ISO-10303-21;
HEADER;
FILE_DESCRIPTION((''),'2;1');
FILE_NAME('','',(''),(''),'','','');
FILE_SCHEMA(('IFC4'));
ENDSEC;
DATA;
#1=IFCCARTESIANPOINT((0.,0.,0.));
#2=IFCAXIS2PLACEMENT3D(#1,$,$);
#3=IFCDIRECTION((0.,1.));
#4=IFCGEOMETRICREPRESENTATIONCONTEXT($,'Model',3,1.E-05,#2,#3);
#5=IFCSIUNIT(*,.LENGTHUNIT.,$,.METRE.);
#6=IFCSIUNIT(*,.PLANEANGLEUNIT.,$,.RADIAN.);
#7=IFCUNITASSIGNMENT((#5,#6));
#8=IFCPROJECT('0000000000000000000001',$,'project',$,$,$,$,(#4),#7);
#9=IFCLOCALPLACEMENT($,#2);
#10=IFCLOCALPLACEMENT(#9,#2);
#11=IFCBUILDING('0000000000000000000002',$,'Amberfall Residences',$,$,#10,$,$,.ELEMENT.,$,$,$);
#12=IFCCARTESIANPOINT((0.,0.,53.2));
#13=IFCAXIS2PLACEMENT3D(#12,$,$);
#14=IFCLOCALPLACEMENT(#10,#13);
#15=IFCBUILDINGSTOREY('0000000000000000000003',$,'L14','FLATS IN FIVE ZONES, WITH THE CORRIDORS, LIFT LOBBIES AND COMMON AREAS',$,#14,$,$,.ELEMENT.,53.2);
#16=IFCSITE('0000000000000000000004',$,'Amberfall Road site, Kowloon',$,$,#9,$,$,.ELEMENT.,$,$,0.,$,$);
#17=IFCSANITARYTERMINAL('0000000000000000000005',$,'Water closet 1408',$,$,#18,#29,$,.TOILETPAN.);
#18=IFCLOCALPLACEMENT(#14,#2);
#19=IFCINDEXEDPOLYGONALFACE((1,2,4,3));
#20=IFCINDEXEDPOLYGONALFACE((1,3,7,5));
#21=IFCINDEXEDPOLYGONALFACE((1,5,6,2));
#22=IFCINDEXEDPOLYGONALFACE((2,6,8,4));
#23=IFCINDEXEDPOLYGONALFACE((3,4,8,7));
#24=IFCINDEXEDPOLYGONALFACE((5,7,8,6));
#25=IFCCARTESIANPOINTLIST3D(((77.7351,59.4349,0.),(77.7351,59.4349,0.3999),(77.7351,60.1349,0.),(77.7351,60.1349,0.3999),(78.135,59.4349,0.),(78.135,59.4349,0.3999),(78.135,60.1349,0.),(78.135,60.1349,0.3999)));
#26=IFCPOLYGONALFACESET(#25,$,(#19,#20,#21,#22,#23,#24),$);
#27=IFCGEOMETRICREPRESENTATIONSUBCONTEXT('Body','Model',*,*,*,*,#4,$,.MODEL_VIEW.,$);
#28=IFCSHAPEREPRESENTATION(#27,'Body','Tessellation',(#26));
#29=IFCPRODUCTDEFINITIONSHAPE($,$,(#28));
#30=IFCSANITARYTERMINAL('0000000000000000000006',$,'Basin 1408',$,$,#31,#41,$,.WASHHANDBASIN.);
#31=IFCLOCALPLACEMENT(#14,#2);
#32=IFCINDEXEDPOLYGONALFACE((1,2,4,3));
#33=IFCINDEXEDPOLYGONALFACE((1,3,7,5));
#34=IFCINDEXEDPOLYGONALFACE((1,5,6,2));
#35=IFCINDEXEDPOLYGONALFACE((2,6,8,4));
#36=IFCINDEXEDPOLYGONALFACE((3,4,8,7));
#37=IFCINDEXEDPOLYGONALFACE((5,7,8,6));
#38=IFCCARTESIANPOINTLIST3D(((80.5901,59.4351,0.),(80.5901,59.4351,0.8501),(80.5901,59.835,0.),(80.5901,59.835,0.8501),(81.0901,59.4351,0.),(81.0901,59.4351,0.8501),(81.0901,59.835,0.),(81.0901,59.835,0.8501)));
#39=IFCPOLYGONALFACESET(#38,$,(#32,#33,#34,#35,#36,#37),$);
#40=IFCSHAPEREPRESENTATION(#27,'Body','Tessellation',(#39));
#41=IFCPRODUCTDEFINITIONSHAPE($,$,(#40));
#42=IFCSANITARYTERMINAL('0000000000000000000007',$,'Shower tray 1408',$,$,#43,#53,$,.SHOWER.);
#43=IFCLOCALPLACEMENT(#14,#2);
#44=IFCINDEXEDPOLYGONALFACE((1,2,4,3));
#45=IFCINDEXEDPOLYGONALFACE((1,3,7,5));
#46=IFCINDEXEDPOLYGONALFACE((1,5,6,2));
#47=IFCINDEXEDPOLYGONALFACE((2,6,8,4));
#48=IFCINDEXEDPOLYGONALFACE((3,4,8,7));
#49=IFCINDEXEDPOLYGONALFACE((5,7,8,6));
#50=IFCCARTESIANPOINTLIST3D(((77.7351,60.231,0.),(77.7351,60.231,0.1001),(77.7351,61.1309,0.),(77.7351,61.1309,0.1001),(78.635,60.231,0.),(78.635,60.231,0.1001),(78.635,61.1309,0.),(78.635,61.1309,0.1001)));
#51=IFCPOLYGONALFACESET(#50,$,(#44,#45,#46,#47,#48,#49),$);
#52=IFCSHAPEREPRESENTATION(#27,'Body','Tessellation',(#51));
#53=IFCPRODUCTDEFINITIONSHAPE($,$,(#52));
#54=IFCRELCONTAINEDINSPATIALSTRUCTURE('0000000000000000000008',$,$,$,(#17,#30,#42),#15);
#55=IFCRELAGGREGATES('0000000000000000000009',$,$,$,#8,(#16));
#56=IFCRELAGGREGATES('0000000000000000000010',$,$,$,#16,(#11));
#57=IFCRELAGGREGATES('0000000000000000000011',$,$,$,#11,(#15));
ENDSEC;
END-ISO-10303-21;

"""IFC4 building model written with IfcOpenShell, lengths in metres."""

from ifc_helpers import new_model, si_unit, direction, frame, origin, origin_2d, place, context, subcontext, project, spatial, rectangle, extrude, element, save


model = new_model("IFC4")

# Units and contexts
model_context = context("Model", 3, precision=1e-05, world=origin(), true_north=direction((0.0, 1.0)))
body_context = subcontext(model_context, "Body", "Model", "MODEL_VIEW")
ifc_project = project(units=[si_unit("LENGTHUNIT", "METRE"), si_unit("PLANEANGLEUNIT", "RADIAN")], contexts=[model_context])

# Site, building, storey
site_placement = place(None, origin())
site = spatial("IfcSite", under=ifc_project, at=site_placement, Name="Amberfall Road site, Kowloon", CompositionType="ELEMENT", RefElevation=0.0)
building_placement = place(site_placement, origin())
building = spatial("IfcBuilding", under=site, at=building_placement, Name="Amberfall Residences", CompositionType="ELEMENT")
storey_placement = place(building_placement, frame((0.0, 0.0, 53.2)))
storey = spatial("IfcBuildingStorey", under=building, at=storey_placement, Name="L14", Description="FLATS IN FIVE ZONES, WITH THE CORRIDORS, LIFT LOBBIES AND COMMON AREAS", CompositionType="ELEMENT", Elevation=53.2)

# Sanitary terminals
sanitary_terminal_1_placement = place(storey_placement, frame((77.9351, 59.7849, 0.0), z_axis=(0.0, 0.0, 1.0), x_axis=(1.0, 0.0, 0.0)))
element("IfcSanitaryTerminal", 1, at=sanitary_terminal_1_placement, inside=storey, Name="Water closet 1408", PredefinedType="TOILETPAN", context=body_context, shape_type="SweptSolid", body=[
    extrude(rectangle(XDim=0.3999, YDim=0.7, at=origin_2d()), origin(), (0.0, 0.0, 1.0), 0.3999),
])
sanitary_terminal_2_placement = place(storey_placement, frame((80.8401, 59.635, 0.0), z_axis=(0.0, 0.0, 1.0), x_axis=(1.0, 0.0, 0.0)))
element("IfcSanitaryTerminal", 2, at=sanitary_terminal_2_placement, inside=storey, Name="Basin 1408", PredefinedType="WASHHANDBASIN", context=body_context, shape_type="SweptSolid", body=[
    extrude(rectangle(XDim=0.5, YDim=0.3999, at=origin_2d()), origin(), (0.0, 0.0, 1.0), 0.8501),
])
sanitary_terminal_3_placement = place(storey_placement, frame((78.1851, 60.6809, 0.0), z_axis=(0.0, 0.0, 1.0), x_axis=(1.0, 0.0, 0.0)))
element("IfcSanitaryTerminal", 3, at=sanitary_terminal_3_placement, inside=storey, Name="Shower tray 1408", PredefinedType="SHOWER", context=body_context, shape_type="SweptSolid", body=[
    extrude(rectangle(XDim=0.8999, YDim=0.8999, at=origin_2d()), origin(), (0.0, 0.0, 1.0), 0.1001),
])

save(model, "model.ifc")
